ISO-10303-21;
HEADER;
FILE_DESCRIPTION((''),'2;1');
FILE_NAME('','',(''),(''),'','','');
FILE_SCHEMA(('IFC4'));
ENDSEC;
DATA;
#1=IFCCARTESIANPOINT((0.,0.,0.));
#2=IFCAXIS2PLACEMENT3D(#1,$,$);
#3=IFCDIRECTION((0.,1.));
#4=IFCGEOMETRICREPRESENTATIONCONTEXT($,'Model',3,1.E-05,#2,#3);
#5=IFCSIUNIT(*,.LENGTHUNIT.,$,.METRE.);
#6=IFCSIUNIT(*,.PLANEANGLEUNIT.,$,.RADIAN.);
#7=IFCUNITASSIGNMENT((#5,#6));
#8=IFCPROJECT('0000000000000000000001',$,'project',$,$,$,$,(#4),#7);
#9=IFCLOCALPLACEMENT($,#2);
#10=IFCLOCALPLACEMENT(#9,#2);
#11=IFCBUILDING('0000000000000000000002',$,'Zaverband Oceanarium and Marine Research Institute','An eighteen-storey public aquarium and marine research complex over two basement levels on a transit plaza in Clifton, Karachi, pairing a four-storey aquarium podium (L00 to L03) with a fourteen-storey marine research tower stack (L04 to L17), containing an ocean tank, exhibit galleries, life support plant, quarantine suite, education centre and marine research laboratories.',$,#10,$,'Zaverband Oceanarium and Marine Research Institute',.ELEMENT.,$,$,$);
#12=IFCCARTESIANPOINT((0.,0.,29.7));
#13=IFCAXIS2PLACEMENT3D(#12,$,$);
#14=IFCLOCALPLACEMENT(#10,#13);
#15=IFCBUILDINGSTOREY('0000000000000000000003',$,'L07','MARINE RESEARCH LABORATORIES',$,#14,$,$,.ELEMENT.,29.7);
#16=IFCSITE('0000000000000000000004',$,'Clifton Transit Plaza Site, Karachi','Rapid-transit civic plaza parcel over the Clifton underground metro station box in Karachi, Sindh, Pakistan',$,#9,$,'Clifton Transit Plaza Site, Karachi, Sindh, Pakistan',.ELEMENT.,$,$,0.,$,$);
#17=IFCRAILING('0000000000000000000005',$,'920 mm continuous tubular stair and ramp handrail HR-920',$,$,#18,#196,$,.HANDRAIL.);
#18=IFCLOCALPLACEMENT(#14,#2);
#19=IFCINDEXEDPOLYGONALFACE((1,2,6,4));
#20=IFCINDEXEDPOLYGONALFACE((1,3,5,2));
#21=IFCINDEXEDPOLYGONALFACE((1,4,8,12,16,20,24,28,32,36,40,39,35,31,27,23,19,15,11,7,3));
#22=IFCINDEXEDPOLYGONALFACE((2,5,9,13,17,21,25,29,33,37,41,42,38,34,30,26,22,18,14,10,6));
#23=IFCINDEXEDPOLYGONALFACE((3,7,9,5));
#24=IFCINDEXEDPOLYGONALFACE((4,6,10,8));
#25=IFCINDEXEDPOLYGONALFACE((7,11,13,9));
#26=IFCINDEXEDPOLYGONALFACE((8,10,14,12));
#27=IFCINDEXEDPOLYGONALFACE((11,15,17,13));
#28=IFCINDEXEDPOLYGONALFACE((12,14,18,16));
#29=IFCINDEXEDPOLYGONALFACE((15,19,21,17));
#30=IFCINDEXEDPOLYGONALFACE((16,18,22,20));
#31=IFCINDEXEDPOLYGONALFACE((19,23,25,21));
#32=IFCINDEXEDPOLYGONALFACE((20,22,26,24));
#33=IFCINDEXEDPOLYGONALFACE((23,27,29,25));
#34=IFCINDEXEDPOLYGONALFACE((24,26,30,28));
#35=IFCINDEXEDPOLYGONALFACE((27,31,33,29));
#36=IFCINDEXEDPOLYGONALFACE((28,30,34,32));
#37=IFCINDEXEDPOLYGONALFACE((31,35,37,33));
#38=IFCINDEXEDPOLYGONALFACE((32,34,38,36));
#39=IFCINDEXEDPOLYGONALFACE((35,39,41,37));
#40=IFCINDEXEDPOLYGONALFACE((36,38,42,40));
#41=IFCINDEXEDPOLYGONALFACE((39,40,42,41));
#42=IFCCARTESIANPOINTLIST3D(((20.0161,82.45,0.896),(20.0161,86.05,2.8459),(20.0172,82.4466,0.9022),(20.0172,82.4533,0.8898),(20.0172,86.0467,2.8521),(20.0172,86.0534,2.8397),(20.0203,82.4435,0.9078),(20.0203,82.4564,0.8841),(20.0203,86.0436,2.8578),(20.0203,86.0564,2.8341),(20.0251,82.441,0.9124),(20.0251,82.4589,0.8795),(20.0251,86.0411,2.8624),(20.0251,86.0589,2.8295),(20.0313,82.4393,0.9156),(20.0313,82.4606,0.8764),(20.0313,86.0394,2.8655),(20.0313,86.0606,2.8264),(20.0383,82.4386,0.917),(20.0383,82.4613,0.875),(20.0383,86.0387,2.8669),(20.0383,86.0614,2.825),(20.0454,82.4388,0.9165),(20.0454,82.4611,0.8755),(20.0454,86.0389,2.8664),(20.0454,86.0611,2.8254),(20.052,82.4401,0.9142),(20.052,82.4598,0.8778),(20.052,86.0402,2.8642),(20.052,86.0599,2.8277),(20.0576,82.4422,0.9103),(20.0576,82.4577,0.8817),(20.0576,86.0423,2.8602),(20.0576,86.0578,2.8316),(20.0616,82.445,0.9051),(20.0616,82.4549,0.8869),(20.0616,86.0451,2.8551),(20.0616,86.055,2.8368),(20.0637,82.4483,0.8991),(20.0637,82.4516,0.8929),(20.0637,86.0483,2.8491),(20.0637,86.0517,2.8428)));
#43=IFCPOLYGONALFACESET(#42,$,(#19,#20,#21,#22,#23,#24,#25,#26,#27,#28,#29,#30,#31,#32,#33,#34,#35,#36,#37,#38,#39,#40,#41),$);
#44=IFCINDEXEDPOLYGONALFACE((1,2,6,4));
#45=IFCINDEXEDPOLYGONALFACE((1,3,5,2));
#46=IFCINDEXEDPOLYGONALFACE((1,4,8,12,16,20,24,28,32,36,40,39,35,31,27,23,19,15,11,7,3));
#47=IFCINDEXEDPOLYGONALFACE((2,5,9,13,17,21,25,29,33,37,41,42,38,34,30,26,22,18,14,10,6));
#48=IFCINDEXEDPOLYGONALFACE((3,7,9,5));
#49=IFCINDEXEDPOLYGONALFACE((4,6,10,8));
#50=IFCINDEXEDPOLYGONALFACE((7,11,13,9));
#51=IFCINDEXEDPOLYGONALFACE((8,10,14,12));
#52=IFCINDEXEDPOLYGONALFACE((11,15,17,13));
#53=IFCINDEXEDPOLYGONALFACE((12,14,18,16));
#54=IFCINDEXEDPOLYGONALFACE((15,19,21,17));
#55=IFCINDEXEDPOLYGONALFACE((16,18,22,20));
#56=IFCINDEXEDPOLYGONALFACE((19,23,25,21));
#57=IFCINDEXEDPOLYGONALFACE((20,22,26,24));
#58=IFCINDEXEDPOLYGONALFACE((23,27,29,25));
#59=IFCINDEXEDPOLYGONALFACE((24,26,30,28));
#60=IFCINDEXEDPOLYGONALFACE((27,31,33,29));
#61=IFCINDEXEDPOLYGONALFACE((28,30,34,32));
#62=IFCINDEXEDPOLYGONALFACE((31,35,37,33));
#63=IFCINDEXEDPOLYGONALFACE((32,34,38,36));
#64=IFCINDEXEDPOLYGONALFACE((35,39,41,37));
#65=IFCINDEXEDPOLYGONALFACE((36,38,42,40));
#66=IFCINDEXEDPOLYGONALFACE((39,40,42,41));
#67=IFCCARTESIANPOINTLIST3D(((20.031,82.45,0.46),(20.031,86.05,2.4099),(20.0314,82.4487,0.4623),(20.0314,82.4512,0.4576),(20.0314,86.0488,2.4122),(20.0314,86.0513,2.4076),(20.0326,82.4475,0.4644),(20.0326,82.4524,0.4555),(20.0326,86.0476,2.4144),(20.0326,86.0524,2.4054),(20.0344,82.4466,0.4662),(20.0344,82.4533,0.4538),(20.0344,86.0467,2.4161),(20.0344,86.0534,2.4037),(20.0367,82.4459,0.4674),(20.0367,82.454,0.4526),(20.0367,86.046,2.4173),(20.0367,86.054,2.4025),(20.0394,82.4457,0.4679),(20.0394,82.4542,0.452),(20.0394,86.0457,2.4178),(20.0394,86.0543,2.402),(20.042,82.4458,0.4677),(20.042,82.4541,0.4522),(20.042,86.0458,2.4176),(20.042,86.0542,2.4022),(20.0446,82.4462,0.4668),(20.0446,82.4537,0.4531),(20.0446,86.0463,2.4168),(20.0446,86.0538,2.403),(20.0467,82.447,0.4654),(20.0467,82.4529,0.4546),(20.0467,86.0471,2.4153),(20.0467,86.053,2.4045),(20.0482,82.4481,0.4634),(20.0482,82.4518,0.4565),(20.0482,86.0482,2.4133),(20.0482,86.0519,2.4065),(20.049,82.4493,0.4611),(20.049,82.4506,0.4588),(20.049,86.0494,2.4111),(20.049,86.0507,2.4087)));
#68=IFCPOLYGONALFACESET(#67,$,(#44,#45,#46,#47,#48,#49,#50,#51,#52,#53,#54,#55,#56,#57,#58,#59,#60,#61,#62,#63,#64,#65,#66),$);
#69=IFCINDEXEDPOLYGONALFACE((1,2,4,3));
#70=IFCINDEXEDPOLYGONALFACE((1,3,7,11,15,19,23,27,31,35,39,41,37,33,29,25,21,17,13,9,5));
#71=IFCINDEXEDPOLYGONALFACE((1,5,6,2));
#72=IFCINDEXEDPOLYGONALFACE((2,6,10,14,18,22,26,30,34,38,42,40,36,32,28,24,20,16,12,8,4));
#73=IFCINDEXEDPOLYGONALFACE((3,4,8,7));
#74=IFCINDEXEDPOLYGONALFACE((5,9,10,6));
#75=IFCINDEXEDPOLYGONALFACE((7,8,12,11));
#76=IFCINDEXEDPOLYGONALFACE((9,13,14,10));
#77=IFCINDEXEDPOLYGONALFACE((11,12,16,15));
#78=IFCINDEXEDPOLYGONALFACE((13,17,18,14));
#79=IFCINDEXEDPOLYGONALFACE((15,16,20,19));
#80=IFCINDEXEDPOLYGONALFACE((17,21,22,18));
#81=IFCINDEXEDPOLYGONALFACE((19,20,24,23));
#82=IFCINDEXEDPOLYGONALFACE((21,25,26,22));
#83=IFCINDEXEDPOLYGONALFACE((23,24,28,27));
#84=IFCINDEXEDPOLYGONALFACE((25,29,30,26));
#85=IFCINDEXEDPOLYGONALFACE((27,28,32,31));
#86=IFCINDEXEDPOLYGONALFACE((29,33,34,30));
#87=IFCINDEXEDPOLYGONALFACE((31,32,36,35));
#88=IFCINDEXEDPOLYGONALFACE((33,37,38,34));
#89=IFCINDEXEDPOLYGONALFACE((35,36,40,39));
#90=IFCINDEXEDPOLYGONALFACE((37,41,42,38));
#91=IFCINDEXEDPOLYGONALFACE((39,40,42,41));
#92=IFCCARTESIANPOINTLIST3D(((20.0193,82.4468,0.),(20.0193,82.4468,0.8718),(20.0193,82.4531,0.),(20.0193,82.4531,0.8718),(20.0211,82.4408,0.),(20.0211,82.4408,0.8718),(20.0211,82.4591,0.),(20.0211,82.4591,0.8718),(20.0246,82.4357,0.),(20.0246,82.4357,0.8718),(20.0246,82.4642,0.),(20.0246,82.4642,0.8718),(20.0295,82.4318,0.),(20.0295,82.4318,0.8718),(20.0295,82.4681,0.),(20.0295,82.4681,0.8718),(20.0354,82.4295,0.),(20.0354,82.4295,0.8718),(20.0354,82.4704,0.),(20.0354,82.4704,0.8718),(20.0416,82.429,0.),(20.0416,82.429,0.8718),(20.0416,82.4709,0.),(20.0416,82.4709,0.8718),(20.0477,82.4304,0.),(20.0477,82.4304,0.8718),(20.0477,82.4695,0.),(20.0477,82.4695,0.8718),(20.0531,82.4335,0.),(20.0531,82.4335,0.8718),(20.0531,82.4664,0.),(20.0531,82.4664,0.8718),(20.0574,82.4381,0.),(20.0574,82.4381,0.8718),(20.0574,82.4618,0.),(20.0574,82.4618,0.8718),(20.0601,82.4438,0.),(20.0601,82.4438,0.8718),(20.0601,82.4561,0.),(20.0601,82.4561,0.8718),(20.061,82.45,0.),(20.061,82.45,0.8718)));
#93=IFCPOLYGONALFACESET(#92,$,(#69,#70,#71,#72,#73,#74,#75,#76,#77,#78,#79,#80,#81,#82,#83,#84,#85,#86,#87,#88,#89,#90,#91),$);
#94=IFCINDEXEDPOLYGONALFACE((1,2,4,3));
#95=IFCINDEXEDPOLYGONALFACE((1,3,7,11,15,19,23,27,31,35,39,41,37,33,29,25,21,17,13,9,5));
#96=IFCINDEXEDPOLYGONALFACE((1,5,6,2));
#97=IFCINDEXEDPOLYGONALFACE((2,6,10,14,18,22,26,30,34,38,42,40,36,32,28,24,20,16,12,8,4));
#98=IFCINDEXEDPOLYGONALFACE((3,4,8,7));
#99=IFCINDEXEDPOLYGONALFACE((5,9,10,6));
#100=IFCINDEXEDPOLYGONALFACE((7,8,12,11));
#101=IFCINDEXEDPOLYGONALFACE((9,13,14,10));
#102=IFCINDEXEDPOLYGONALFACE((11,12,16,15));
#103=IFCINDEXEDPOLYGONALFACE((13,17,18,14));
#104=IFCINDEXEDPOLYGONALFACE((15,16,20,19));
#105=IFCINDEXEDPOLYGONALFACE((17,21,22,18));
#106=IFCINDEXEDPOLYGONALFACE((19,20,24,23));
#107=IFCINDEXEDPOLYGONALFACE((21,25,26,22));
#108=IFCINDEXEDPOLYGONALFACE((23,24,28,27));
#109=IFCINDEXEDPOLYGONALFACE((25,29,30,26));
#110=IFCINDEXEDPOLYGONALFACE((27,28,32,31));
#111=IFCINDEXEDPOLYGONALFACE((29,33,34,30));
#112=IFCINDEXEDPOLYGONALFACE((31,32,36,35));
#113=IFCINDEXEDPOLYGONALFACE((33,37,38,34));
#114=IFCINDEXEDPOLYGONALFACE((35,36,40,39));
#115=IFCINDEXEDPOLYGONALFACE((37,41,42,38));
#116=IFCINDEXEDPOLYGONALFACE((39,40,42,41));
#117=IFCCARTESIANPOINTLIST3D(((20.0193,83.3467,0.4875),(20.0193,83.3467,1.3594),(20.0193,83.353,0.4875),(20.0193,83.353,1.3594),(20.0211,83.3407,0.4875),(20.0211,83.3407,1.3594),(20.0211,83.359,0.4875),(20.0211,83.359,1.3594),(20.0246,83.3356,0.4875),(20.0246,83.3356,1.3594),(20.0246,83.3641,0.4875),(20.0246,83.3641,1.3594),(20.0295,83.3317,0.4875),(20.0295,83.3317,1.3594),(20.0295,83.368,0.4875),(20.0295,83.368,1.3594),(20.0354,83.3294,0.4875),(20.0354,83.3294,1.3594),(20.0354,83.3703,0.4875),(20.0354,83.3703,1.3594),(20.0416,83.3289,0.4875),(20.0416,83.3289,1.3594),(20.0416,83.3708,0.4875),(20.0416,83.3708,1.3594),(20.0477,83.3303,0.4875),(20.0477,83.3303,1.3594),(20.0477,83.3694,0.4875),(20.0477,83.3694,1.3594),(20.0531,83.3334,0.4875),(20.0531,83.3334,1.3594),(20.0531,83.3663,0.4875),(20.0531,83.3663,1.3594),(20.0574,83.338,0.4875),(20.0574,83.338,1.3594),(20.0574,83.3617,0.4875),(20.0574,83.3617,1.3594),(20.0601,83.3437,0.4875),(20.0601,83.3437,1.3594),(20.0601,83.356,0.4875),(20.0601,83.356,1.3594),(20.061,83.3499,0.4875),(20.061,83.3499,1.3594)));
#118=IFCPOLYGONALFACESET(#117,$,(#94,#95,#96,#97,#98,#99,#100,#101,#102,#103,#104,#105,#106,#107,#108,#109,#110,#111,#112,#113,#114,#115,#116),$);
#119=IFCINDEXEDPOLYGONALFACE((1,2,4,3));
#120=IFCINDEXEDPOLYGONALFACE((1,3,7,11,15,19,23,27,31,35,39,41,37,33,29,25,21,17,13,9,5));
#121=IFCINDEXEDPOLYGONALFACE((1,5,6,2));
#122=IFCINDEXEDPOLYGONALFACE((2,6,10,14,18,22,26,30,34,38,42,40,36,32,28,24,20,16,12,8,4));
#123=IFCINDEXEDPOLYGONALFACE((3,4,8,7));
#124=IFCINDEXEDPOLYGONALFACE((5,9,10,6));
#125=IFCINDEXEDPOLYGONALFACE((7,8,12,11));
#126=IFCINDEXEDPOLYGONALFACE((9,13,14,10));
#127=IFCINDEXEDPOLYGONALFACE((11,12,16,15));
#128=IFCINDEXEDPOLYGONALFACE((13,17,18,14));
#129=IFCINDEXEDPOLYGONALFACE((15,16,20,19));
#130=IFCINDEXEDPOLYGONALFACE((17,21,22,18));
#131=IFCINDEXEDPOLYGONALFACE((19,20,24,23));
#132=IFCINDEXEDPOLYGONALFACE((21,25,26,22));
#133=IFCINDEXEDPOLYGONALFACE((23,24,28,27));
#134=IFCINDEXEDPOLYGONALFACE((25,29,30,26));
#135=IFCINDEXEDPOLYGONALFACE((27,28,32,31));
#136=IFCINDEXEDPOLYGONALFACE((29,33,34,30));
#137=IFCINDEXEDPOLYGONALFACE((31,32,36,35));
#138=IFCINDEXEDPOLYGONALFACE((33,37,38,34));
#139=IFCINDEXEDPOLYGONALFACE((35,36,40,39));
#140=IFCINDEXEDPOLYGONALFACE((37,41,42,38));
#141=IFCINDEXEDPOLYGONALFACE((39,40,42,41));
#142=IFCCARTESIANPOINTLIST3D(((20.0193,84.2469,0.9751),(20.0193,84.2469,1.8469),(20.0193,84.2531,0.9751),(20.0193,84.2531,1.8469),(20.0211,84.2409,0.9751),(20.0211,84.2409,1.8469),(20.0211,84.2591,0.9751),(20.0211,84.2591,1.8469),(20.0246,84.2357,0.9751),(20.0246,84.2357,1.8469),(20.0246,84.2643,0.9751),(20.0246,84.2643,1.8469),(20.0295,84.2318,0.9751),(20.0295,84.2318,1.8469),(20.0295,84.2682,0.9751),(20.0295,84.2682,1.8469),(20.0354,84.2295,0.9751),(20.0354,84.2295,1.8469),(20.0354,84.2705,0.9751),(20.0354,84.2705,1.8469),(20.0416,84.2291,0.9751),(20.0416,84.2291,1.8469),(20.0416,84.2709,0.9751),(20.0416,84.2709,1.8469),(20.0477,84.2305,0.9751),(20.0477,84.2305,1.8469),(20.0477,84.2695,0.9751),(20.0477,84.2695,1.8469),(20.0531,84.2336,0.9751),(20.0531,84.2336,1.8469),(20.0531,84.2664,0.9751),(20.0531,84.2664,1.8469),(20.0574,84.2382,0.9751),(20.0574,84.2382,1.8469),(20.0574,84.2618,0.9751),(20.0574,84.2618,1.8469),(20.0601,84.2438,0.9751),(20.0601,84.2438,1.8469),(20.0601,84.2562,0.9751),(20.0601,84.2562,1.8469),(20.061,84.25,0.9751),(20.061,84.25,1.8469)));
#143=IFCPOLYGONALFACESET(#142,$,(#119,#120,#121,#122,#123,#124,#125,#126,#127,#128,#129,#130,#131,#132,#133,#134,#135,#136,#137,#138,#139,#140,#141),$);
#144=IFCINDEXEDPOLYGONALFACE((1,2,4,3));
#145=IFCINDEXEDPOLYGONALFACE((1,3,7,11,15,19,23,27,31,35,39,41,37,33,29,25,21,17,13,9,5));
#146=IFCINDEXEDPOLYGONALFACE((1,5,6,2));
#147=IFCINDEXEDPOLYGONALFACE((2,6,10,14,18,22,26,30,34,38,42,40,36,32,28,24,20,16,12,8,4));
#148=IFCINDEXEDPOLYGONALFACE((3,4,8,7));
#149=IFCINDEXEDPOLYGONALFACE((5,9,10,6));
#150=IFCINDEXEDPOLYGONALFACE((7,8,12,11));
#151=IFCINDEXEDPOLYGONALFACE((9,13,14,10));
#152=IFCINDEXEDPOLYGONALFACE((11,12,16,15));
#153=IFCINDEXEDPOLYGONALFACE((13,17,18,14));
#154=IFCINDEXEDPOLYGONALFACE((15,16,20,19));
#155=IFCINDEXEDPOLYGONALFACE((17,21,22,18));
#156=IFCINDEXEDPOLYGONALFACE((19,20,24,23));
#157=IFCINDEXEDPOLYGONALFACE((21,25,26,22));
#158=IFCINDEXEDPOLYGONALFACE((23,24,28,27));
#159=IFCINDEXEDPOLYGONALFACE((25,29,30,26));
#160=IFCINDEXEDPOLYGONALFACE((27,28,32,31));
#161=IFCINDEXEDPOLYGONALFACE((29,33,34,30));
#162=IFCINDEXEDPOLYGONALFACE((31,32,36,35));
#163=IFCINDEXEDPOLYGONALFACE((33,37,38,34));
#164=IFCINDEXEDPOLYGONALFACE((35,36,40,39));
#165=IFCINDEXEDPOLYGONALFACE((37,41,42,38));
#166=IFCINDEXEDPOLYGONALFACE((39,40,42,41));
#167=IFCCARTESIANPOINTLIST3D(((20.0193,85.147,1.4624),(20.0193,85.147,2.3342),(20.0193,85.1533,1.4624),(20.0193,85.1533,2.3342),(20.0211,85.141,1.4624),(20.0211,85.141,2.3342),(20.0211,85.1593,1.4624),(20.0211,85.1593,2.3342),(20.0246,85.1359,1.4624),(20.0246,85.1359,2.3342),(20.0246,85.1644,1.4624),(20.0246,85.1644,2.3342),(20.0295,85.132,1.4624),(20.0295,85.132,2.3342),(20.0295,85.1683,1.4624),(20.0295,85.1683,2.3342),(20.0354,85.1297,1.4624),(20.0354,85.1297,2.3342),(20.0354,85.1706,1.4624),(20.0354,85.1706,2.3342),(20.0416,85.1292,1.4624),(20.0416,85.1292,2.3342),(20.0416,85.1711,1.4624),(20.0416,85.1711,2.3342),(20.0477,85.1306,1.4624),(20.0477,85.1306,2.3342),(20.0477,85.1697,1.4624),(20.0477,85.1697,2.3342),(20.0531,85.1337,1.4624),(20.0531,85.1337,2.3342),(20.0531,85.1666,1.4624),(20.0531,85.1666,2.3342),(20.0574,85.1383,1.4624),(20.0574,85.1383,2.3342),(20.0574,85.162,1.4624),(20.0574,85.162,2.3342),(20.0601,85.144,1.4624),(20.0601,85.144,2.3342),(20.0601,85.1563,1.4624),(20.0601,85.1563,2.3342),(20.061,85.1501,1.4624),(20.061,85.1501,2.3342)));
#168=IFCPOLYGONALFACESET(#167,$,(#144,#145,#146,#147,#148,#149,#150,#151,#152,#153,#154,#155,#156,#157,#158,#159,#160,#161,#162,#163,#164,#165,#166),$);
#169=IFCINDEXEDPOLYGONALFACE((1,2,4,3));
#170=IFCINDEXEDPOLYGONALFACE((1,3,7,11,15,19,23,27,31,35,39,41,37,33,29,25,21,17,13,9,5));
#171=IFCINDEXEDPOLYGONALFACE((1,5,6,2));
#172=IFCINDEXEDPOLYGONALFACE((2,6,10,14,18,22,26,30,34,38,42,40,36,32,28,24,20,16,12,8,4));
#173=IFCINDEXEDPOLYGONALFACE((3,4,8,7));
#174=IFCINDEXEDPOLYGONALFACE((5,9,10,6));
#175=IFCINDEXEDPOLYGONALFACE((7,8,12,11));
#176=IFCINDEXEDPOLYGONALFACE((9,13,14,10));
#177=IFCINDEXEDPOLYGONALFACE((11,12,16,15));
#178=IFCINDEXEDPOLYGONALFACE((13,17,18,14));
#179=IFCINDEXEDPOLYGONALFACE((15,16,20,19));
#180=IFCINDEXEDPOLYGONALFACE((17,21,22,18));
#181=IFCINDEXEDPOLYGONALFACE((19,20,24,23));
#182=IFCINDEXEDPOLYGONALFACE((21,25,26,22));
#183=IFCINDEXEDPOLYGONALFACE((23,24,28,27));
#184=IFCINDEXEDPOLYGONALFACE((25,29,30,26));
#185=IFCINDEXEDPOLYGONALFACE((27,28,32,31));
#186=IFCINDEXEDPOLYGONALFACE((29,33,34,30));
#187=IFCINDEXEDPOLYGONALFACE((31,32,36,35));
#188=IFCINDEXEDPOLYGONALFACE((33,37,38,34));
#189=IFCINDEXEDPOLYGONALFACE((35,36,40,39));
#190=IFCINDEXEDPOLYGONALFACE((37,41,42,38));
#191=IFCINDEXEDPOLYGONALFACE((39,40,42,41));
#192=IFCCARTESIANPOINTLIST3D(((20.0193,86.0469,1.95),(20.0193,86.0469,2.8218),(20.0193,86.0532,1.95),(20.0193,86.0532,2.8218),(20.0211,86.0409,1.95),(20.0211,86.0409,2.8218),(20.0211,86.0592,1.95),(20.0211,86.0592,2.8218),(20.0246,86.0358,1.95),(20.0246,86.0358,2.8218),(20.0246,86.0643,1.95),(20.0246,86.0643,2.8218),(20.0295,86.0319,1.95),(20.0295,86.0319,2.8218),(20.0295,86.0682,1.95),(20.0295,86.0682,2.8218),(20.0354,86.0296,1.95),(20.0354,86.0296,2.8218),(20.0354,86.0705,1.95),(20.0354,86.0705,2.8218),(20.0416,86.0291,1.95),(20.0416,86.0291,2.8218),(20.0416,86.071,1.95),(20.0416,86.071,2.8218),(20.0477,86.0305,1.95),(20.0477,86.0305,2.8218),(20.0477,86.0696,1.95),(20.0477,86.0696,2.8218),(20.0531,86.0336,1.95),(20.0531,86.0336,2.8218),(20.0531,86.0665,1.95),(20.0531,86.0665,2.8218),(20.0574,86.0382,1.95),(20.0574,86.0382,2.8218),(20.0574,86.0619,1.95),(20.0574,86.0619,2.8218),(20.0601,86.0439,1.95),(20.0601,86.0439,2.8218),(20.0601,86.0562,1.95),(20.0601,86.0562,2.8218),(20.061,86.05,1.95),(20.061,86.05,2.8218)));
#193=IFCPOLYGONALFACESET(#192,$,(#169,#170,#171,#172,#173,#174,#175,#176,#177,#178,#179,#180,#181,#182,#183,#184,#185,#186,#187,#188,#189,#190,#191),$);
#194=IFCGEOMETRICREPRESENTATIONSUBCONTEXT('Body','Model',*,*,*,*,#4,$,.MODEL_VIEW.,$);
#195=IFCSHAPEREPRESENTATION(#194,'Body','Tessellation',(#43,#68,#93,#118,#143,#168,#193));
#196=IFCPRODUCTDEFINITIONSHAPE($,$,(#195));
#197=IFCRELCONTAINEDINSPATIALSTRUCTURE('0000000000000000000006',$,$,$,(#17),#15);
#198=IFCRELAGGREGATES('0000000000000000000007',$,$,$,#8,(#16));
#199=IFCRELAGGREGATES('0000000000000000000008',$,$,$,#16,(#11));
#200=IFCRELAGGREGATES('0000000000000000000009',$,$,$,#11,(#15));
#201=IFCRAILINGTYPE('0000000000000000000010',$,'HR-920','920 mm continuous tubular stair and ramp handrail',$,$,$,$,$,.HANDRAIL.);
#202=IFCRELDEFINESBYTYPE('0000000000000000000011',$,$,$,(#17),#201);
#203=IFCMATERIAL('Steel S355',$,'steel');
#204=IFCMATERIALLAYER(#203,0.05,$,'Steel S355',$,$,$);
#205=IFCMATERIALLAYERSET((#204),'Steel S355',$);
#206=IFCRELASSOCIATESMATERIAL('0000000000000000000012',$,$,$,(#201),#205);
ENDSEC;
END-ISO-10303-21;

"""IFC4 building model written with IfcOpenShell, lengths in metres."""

from ifc_helpers import new_model, si_unit, direction, frame, origin, origin_2d, place, context, subcontext, project, spatial, circle, extrude, material, layer, layer_set, type_object, element, save


model = new_model("IFC4")

# Units and contexts
model_context = context("Model", 3, precision=1e-05, world=origin(), true_north=direction((0.0, 1.0)))
body_context = subcontext(model_context, "Body", "Model", "MODEL_VIEW")
ifc_project = project(units=[si_unit("LENGTHUNIT", "METRE"), si_unit("PLANEANGLEUNIT", "RADIAN")], contexts=[model_context])

# Site, building, storey
site_placement = place(None, origin())
site = spatial("IfcSite", under=ifc_project, at=site_placement, Name="Clifton Transit Plaza Site, Karachi", Description="Rapid-transit civic plaza parcel over the Clifton underground metro station box in Karachi, Sindh, Pakistan", LongName="Clifton Transit Plaza Site, Karachi, Sindh, Pakistan", CompositionType="ELEMENT", RefElevation=0.0)
building_placement = place(site_placement, origin())
building = spatial("IfcBuilding", under=site, at=building_placement, Name="Zaverband Oceanarium and Marine Research Institute", Description="An eighteen-storey public aquarium and marine research complex over two basement levels on a transit plaza in Clifton, Karachi, pairing a four-storey aquarium podium (L00 to L03) with a fourteen-storey marine research tower stack (L04 to L17), containing an ocean tank, exhibit galleries, life support plant, quarantine suite, education centre and marine research laboratories.", LongName="Zaverband Oceanarium and Marine Research Institute", CompositionType="ELEMENT")
storey_placement = place(building_placement, frame((0.0, 0.0, 29.7)))
storey = spatial("IfcBuildingStorey", under=building, at=storey_placement, Name="L07", Description="MARINE RESEARCH LABORATORIES", CompositionType="ELEMENT", Elevation=29.7)

# Shared definitions
ifc_material_1 = material(Name="Steel S355", Category="steel")

# Railing
ifc_layer_1 = layer(ifc_material_1, 0.05, Name="Steel S355")
ifc_layer_set_1 = layer_set([ifc_layer_1], Name="Steel S355")
railing_type_1 = type_object("IfcRailingType", Name="HR-920", Description="920 mm continuous tubular stair and ramp handrail", PredefinedType="HANDRAIL", material=ifc_layer_set_1)
railing_1_placement = place(storey_placement, frame((20.04, 82.45, 0.0)))
element("IfcRailing", 1, at=railing_1_placement, inside=storey, type_object=railing_type_1, Name="920 mm continuous tubular stair and ramp handrail HR-920", PredefinedType="HANDRAIL", context=body_context, shape_type="SweptSolid", body=[
    extrude(circle(Radius=0.0239, at=origin_2d()), frame((0.0, 0.0, 0.896), z_axis=(0.0, 0.879302, 0.476264), x_axis=(-1.0, 0.0, 0.0)), (0.0, 0.0, 1.0), 4.0942),
    extrude(circle(Radius=0.009, at=origin_2d()), frame((0.0, 0.0, 0.46), z_axis=(0.0, 0.879302, 0.476264), x_axis=(-1.0, 0.0, 0.0)), (0.0, 0.0, 1.0), 4.0942),
    extrude(circle(Radius=0.021, at=origin_2d()), origin(), (0.0, 0.0, 1.0), 0.8718),
    extrude(circle(Radius=0.021, at=origin_2d()), frame((0.0, 0.8999, 0.4875)), (0.0, 0.0, 1.0), 0.8718),
    extrude(circle(Radius=0.021, at=origin_2d()), frame((0.0, 1.8, 0.9751)), (0.0, 0.0, 1.0), 0.8718),
    extrude(circle(Radius=0.021, at=origin_2d()), frame((0.0, 2.7002, 1.4624)), (0.0, 0.0, 1.0), 0.8718),
    extrude(circle(Radius=0.021, at=origin_2d()), frame((0.0, 3.6001, 1.95)), (0.0, 0.0, 1.0), 0.8718),
])

save(model, "model.ifc")
